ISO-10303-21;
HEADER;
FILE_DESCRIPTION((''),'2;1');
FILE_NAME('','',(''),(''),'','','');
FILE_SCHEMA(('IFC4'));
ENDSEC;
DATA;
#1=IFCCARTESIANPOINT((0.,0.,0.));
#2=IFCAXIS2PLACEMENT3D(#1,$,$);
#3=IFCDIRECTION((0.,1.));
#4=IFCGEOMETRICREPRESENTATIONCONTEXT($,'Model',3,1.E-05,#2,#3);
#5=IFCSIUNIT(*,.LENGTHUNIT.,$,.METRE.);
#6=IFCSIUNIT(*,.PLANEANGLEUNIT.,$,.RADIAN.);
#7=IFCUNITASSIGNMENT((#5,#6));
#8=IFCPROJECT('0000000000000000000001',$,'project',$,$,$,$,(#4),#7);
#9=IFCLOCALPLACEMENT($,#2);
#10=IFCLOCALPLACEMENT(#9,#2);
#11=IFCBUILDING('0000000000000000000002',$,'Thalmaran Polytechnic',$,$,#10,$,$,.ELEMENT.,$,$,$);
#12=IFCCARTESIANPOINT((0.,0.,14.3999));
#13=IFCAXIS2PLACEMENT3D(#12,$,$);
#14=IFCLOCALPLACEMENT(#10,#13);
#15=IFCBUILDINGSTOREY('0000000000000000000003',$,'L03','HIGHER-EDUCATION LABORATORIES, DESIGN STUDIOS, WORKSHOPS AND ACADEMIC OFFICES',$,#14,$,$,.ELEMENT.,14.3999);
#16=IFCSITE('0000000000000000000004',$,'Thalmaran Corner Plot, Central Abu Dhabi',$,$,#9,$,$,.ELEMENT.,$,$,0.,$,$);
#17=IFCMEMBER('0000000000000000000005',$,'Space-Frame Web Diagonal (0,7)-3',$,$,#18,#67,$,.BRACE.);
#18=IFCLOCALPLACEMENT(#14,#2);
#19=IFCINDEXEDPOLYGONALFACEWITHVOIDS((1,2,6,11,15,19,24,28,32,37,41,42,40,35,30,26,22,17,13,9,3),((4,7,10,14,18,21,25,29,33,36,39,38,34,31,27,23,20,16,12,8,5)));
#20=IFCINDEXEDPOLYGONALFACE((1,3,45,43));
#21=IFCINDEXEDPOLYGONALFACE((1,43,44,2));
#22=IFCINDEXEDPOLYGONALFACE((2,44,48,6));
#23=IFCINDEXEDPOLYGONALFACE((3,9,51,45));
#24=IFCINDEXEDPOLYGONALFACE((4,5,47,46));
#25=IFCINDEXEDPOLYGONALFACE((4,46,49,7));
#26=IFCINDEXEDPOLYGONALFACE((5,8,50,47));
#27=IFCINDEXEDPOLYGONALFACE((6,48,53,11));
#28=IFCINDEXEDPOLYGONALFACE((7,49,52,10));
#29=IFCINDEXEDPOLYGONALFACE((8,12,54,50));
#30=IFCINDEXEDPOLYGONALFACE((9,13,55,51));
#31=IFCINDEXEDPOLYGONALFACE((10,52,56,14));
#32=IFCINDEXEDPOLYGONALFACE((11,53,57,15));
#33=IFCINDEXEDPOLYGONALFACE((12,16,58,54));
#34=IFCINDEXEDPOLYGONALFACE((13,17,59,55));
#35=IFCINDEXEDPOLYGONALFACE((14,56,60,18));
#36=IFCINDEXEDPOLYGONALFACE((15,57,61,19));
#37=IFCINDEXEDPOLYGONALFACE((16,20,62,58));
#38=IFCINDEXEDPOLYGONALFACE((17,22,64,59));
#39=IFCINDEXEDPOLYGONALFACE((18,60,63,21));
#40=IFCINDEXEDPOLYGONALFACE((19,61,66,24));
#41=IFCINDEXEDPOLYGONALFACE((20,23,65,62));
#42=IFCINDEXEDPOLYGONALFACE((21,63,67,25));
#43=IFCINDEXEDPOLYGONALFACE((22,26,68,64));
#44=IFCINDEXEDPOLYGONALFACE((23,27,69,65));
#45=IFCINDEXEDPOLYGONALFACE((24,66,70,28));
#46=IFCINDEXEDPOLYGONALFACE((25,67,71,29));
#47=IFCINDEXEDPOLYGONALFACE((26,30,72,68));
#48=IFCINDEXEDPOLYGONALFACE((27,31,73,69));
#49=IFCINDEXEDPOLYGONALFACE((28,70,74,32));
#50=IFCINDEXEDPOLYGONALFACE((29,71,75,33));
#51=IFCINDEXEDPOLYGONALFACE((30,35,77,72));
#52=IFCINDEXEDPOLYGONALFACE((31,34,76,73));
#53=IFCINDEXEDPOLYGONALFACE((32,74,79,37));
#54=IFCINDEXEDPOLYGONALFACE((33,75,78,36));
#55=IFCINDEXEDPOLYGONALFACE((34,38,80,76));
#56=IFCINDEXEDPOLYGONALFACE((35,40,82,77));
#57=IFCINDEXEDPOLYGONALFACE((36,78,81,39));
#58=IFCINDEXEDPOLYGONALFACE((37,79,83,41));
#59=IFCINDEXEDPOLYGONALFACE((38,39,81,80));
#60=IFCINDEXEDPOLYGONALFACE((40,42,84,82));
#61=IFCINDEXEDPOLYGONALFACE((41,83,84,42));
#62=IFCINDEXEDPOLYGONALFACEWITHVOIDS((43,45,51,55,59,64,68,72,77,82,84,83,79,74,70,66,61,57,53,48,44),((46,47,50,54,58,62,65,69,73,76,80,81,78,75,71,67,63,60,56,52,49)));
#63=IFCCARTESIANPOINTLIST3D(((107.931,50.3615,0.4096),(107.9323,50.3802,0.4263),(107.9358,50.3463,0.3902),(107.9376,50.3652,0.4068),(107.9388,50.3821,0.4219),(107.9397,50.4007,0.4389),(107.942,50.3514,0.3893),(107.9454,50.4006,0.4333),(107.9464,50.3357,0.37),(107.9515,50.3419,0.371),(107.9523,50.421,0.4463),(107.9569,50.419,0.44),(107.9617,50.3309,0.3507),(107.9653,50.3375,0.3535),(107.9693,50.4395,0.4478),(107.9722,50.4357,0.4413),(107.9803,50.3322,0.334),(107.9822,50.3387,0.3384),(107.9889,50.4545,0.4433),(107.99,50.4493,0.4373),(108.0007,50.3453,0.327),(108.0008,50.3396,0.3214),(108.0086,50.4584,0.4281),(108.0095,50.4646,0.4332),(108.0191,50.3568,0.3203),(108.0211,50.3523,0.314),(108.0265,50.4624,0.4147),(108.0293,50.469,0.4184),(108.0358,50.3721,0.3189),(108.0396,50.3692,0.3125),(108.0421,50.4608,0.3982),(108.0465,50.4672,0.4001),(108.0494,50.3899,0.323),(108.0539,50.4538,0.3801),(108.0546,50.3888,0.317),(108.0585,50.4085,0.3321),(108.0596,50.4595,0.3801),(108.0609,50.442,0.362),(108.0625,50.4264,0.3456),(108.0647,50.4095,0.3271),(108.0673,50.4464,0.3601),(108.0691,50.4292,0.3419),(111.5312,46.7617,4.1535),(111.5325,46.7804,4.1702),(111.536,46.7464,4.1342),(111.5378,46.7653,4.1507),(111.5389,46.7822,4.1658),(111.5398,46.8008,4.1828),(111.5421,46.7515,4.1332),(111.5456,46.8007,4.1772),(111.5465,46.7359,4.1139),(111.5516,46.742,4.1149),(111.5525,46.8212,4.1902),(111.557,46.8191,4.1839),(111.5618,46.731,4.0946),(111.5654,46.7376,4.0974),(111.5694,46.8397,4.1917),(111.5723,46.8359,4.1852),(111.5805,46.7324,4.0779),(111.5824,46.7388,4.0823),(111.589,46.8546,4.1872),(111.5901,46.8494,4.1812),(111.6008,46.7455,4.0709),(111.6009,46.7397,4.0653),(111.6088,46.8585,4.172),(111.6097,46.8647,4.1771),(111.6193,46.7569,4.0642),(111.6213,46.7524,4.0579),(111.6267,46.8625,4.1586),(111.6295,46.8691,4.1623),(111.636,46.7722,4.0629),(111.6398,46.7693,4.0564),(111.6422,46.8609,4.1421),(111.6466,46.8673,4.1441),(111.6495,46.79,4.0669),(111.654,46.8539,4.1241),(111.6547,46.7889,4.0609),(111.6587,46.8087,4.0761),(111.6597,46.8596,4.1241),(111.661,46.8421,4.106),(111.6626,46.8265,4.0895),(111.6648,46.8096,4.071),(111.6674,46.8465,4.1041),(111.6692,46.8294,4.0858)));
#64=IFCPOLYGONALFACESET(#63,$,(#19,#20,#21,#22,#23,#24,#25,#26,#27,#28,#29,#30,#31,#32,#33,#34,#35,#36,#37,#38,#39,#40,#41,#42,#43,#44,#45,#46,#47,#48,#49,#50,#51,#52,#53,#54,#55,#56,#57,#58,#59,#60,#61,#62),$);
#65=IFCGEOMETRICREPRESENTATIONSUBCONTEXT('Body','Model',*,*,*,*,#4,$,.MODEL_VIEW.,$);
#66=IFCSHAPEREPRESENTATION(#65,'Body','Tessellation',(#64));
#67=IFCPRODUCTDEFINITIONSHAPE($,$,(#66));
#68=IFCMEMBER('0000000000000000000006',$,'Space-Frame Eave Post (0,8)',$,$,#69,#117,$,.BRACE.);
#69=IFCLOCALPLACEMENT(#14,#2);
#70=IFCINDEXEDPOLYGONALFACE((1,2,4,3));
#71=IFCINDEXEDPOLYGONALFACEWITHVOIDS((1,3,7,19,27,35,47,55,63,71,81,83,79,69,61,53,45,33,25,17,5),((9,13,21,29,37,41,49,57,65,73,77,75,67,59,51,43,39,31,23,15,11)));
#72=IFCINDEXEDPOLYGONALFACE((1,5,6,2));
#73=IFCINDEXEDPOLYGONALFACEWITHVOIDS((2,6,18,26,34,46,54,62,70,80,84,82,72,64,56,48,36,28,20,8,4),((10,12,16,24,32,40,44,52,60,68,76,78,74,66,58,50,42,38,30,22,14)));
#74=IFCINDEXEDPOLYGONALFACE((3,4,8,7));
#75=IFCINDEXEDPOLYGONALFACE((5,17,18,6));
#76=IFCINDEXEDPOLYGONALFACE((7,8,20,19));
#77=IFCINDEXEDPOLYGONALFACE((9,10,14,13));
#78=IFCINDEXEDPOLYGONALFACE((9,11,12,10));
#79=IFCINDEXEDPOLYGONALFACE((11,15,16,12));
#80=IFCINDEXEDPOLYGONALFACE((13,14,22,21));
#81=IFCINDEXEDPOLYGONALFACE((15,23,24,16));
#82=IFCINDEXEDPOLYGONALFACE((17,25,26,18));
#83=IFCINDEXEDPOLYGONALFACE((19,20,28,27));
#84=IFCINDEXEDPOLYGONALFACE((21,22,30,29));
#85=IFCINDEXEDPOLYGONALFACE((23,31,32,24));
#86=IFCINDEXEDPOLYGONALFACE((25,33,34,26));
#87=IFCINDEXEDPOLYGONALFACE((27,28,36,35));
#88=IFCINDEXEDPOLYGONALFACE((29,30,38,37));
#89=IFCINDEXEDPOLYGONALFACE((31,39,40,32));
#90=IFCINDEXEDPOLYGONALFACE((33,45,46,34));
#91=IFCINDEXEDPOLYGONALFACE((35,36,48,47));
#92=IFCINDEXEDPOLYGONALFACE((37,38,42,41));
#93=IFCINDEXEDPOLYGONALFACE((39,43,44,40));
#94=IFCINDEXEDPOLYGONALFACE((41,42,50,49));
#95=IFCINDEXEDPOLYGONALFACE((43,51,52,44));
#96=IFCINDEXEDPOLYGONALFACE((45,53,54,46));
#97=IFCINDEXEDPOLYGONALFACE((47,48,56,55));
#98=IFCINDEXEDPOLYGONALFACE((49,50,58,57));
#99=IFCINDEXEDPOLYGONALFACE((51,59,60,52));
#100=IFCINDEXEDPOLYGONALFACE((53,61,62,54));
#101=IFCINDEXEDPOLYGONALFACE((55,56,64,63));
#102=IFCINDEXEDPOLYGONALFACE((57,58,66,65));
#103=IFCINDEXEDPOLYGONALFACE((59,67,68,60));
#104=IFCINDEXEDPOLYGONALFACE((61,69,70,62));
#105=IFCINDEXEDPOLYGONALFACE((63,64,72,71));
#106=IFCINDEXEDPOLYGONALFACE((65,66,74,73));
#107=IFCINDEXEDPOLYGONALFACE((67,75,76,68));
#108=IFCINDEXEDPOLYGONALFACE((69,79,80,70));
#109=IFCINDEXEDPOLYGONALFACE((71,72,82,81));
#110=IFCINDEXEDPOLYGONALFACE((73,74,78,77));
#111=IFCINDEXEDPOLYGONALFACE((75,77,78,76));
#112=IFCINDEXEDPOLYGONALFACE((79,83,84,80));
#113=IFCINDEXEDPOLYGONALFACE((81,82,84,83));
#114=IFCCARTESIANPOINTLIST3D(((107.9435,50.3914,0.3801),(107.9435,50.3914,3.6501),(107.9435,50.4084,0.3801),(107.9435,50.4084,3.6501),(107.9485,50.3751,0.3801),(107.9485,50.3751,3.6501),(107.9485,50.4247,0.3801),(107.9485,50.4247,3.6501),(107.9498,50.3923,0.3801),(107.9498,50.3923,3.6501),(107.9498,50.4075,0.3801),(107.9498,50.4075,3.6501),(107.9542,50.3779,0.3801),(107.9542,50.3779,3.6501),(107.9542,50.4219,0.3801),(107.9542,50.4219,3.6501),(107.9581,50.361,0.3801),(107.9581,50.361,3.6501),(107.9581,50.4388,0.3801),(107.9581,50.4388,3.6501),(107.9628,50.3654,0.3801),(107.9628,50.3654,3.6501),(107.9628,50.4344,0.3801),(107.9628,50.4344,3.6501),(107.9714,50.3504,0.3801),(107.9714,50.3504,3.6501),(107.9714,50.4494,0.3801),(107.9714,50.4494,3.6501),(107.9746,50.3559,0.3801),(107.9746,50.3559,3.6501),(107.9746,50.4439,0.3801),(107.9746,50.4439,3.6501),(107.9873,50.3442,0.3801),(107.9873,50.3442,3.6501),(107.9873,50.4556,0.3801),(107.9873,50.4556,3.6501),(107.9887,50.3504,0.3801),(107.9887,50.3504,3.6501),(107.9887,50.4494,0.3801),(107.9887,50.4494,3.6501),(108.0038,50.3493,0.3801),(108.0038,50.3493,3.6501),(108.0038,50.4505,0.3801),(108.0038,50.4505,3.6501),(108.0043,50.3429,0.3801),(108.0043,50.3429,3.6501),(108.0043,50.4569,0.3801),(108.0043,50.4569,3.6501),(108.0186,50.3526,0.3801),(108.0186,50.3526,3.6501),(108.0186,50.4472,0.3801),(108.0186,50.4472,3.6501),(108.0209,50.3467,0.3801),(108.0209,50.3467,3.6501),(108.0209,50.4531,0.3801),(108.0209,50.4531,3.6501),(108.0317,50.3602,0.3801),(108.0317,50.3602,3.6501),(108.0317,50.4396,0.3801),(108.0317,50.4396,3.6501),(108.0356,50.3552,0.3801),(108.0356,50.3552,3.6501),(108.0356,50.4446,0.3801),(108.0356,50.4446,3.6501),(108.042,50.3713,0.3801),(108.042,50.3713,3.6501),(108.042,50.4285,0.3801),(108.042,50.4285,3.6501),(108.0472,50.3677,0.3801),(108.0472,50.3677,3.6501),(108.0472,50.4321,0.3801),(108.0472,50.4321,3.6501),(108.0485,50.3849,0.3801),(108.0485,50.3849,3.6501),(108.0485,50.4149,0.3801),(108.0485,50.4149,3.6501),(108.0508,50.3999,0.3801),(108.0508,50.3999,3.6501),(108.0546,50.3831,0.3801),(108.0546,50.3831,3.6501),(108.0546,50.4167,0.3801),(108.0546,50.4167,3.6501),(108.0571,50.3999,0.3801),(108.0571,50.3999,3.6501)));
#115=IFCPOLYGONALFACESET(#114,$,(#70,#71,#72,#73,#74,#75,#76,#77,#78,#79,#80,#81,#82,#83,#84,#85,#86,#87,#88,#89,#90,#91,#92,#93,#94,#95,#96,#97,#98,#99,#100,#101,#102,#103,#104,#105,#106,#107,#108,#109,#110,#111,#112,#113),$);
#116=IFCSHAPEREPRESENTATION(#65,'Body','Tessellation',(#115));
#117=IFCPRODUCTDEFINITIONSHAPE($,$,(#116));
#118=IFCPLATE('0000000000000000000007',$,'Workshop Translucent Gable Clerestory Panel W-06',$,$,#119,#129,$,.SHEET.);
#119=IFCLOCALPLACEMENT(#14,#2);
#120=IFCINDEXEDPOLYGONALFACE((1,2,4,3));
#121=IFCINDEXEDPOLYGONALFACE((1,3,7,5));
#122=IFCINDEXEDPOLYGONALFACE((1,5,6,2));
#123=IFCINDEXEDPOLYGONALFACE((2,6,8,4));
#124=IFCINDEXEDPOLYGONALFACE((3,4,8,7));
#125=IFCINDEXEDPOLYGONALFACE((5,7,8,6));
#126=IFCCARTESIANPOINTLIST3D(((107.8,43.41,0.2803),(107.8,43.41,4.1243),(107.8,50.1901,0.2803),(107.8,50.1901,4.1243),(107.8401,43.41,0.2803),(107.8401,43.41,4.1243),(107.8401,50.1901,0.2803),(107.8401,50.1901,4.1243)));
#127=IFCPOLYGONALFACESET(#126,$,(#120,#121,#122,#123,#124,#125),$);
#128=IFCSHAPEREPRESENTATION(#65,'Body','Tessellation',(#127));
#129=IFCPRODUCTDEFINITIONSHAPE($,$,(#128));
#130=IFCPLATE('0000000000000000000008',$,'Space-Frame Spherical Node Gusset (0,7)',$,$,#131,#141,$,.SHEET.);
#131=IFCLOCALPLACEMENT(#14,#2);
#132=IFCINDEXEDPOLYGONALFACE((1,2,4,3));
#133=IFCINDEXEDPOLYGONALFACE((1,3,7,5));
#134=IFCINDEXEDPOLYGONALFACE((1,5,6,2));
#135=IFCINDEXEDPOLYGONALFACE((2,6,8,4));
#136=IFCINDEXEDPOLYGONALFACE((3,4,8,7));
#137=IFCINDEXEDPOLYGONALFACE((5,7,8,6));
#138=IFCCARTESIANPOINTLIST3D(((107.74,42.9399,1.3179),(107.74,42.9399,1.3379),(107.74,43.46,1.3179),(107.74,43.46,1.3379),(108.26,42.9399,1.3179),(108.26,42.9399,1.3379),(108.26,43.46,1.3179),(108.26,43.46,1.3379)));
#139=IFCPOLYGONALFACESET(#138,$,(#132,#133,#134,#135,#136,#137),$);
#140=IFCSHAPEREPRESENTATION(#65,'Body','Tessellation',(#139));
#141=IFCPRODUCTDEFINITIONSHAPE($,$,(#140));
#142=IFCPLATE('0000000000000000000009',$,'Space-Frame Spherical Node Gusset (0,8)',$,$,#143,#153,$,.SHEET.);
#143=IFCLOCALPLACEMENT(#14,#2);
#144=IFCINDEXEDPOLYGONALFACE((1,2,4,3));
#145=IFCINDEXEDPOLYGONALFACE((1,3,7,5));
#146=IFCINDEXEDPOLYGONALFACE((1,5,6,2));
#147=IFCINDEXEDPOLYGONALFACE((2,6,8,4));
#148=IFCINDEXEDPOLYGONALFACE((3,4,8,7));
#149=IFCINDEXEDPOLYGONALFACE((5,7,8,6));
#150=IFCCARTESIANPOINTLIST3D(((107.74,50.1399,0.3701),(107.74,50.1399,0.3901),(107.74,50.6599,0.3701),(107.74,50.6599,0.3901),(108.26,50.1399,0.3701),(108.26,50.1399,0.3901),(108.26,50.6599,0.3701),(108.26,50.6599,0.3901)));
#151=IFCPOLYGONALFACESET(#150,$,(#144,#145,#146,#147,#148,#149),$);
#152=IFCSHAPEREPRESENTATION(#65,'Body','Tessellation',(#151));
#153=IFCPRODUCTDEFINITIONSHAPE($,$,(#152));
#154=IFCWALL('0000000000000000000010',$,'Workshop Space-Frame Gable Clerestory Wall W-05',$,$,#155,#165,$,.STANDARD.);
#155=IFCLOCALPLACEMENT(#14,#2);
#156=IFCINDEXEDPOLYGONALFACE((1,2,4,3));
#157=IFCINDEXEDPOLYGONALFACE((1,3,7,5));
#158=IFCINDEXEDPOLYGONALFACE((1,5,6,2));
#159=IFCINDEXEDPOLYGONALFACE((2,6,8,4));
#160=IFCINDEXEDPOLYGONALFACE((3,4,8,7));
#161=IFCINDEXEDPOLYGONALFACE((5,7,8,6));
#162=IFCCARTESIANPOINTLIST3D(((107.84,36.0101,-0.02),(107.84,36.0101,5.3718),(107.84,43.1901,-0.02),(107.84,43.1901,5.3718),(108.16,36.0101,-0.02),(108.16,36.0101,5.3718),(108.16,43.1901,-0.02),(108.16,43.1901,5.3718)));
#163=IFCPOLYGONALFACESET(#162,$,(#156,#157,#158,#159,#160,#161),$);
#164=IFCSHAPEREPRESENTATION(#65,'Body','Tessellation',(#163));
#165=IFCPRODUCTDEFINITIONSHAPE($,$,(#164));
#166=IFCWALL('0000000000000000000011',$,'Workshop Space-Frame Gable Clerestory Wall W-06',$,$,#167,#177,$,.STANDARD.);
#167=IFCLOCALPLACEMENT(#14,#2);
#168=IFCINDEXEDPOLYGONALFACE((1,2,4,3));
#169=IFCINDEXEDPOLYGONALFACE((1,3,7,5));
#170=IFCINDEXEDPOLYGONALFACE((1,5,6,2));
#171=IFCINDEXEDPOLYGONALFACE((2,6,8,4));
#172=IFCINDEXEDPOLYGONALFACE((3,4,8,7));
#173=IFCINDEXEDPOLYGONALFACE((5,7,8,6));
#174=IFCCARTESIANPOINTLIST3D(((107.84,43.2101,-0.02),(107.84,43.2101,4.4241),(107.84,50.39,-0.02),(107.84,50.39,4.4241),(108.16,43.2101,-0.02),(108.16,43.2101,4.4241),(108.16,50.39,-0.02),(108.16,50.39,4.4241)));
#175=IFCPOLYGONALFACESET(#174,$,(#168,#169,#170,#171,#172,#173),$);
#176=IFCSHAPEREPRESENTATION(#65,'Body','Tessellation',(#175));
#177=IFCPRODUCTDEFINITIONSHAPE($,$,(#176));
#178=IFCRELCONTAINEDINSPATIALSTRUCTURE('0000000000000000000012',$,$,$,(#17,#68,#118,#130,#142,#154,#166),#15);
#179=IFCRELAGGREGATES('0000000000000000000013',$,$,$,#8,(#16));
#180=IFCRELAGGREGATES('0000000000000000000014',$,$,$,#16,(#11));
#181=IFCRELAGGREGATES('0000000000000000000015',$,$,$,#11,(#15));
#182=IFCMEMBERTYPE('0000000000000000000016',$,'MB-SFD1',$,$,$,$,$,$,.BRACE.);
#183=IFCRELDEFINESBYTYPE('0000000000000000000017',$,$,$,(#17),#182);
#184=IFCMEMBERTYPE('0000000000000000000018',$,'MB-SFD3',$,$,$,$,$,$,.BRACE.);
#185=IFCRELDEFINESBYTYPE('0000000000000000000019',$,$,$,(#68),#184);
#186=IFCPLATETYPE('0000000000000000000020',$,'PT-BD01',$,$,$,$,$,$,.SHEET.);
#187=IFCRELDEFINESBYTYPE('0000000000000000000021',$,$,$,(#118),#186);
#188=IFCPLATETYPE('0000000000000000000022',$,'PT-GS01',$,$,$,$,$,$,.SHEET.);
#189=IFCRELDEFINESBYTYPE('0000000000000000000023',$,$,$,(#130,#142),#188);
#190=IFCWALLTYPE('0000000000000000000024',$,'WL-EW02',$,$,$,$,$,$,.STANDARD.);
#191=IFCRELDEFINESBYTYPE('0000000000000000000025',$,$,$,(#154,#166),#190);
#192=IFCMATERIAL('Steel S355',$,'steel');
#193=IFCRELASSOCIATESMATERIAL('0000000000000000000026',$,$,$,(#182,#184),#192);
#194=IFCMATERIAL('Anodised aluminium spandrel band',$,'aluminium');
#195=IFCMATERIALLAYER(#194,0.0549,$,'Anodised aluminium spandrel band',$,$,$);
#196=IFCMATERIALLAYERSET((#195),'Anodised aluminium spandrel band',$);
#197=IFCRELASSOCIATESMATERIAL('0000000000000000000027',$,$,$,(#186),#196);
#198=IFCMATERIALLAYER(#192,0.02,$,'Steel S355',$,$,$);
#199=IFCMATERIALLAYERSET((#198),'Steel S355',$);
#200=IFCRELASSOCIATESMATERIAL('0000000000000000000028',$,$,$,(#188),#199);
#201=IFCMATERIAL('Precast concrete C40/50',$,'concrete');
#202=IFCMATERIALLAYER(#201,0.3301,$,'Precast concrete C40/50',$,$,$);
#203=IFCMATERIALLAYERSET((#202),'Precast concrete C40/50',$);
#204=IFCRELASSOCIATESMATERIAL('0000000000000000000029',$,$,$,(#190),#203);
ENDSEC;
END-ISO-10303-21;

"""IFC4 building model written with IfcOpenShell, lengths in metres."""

from ifc_helpers import new_model, si_unit, direction, frame, frame_2d, origin, origin_2d, place, context, subcontext, project, spatial, rectangle, hollow_circle, extrude, material, layer, layer_set, material_profile, profile_set, type_object, element, save


model = new_model("IFC4")

# Units and contexts
model_context = context("Model", 3, precision=1e-05, world=origin(), true_north=direction((0.0, 1.0)))
body_context = subcontext(model_context, "Body", "Model", "MODEL_VIEW")
ifc_project = project(units=[si_unit("LENGTHUNIT", "METRE"), si_unit("PLANEANGLEUNIT", "RADIAN")], contexts=[model_context])

# Site, building, storey
site_placement = place(None, origin())
site = spatial("IfcSite", under=ifc_project, at=site_placement, Name="Thalmaran Corner Plot, Central Abu Dhabi", CompositionType="ELEMENT", RefElevation=0.0)
building_placement = place(site_placement, origin())
building = spatial("IfcBuilding", under=site, at=building_placement, Name="Thalmaran Polytechnic", CompositionType="ELEMENT")
storey_placement = place(building_placement, frame((0.0, 0.0, 14.3999)))
storey = spatial("IfcBuildingStorey", under=building, at=storey_placement, Name="L03", Description="HIGHER-EDUCATION LABORATORIES, DESIGN STUDIOS, WORKSHOPS AND ACADEMIC OFFICES", CompositionType="ELEMENT", Elevation=14.3999)

# Shared definitions
ifc_material_1 = material(Name="Steel S355", Category="steel")

# Members
ifc_material_profile_1 = material_profile(ifc_material_1, hollow_circle(Radius=0.0842, WallThickness=0.0081, at=origin_2d()), Name="CHS 168.3x8.0")
ifc_profile_set_1 = profile_set([ifc_material_profile_1], Name="Steel S355")
member_type_1 = type_object("IfcMemberType", Name="MB-SFD1", PredefinedType="BRACE", material=ifc_profile_set_1)
member_1_placement = place(storey_placement, frame((108.0, 50.3999, 0.3801), z_axis=(0.569678, -0.56964, 0.592433), x_axis=(0.707083, 0.707131, 0.0)))
element("IfcMember", 1, at=member_1_placement, inside=storey, type_object=member_type_1, Name="Space-Frame Web Diagonal (0,7)-3", PredefinedType="BRACE", context=body_context, shape_type="SweptSolid", body=[
    extrude(hollow_circle(Radius=0.0842, WallThickness=0.0081, at=origin_2d()), origin(), (0.0, 0.0, 1.0), 6.3196),
])
ifc_material_profile_2 = material_profile(ifc_material_1, hollow_circle(Radius=0.0571, WallThickness=0.0063, at=origin_2d()), Name="CHS 114.3x6.3")
ifc_profile_set_2 = profile_set([ifc_material_profile_2], Name="Steel S355")
member_type_2 = type_object("IfcMemberType", Name="MB-SFD3", PredefinedType="BRACE", material=ifc_profile_set_2)
member_2_placement = place(storey_placement, frame((108.0, 50.3999, 0.3801), z_axis=(0.0, 0.0, 1.0), x_axis=(1.0, 0.0, 0.0)))
element("IfcMember", 2, at=member_2_placement, inside=storey, type_object=member_type_2, Name="Space-Frame Eave Post (0,8)", PredefinedType="BRACE", context=body_context, shape_type="SweptSolid", body=[
    extrude(hollow_circle(Radius=0.0571, WallThickness=0.0063, at=origin_2d()), origin(), (0.0, 0.0, 1.0), 3.27),
])

# Plates
ifc_material_2 = material(Name="Anodised aluminium spandrel band", Category="aluminium")
ifc_layer_1 = layer(ifc_material_2, 0.0549, Name="Anodised aluminium spandrel band")
ifc_layer_set_1 = layer_set([ifc_layer_1], Name="Anodised aluminium spandrel band")
plate_type_1 = type_object("IfcPlateType", Name="PT-BD01", PredefinedType="SHEET", material=ifc_layer_set_1)
plate_placement = place(storey_placement, frame((107.8201, 46.8, 0.2803), z_axis=(0.0, 0.0, 1.0), x_axis=(1.0, 0.0, 0.0)))
element("IfcPlate", 3, at=plate_placement, inside=storey, type_object=plate_type_1, Name="Workshop Translucent Gable Clerestory Panel W-06", PredefinedType="SHEET", context=body_context, shape_type="SweptSolid", body=[
    extrude(rectangle(XDim=0.04, YDim=6.78, at=origin_2d()), origin(), (0.0, 0.0, 1.0), 3.844),
])
ifc_layer_2 = layer(ifc_material_1, 0.02, Name="Steel S355")
ifc_layer_set_2 = layer_set([ifc_layer_2], Name="Steel S355")
plate_type_2 = type_object("IfcPlateType", Name="PT-GS01", PredefinedType="SHEET", material=ifc_layer_set_2)
for number, where, z_axis, x_axis, name in (
    (4, (108.0, 43.2, 1.3179), (0.0, 0.0, 1.0), (1.0, 0.0, 0.0), "Space-Frame Spherical Node Gusset (0,7)"),
    (5, (108.0, 50.3999, 0.3701), (0.0, 0.0, 1.0), (1.0, 0.0, 0.0), "Space-Frame Spherical Node Gusset (0,8)"),
):
    element("IfcPlate", number, at=place(storey_placement, frame(where, z_axis=z_axis, x_axis=x_axis)), inside=storey, type_object=plate_type_2, Name=name, PredefinedType="SHEET", context=body_context, shape_type="SweptSolid", body=[
        extrude(rectangle(XDim=0.52, YDim=0.52, at=origin_2d()), origin(), (0.0, 0.0, 1.0), 0.02),
    ])

# Walls
ifc_material_3 = material(Name="Precast concrete C40/50", Category="concrete")
ifc_layer_3 = layer(ifc_material_3, 0.3301, Name="Precast concrete C40/50")
ifc_layer_set_3 = layer_set([ifc_layer_3], Name="Precast concrete C40/50")
wall_type = type_object("IfcWallType", Name="WL-EW02", PredefinedType="STANDARD", material=ifc_layer_set_3)
wall_1_placement = place(storey_placement, frame((108.0, 43.1899, -0.02), z_axis=(0.0, 0.0, 1.0), x_axis=(0.0, -1.0, 0.0)))
element("IfcWall", 6, at=wall_1_placement, inside=storey, type_object=wall_type, Name="Workshop Space-Frame Gable Clerestory Wall W-05", PredefinedType="STANDARD", context=body_context, shape_type="SweptSolid", body=[
    extrude(rectangle(XDim=7.1799, YDim=0.3201, at=frame_2d((3.5898, 0.0))), origin(), (0.0, 0.0, 1.0), 5.3918),
])
wall_2_placement = place(storey_placement, frame((108.0, 50.3899, -0.02), z_axis=(0.0, 0.0, 1.0), x_axis=(0.0, -1.0, 0.0)))
element("IfcWall", 7, at=wall_2_placement, inside=storey, type_object=wall_type, Name="Workshop Space-Frame Gable Clerestory Wall W-06", PredefinedType="STANDARD", context=body_context, shape_type="SweptSolid", body=[
    extrude(rectangle(XDim=7.1799, YDim=0.3201, at=frame_2d((3.5898, 0.0))), origin(), (0.0, 0.0, 1.0), 4.4441),
])

save(model, "model.ifc")
